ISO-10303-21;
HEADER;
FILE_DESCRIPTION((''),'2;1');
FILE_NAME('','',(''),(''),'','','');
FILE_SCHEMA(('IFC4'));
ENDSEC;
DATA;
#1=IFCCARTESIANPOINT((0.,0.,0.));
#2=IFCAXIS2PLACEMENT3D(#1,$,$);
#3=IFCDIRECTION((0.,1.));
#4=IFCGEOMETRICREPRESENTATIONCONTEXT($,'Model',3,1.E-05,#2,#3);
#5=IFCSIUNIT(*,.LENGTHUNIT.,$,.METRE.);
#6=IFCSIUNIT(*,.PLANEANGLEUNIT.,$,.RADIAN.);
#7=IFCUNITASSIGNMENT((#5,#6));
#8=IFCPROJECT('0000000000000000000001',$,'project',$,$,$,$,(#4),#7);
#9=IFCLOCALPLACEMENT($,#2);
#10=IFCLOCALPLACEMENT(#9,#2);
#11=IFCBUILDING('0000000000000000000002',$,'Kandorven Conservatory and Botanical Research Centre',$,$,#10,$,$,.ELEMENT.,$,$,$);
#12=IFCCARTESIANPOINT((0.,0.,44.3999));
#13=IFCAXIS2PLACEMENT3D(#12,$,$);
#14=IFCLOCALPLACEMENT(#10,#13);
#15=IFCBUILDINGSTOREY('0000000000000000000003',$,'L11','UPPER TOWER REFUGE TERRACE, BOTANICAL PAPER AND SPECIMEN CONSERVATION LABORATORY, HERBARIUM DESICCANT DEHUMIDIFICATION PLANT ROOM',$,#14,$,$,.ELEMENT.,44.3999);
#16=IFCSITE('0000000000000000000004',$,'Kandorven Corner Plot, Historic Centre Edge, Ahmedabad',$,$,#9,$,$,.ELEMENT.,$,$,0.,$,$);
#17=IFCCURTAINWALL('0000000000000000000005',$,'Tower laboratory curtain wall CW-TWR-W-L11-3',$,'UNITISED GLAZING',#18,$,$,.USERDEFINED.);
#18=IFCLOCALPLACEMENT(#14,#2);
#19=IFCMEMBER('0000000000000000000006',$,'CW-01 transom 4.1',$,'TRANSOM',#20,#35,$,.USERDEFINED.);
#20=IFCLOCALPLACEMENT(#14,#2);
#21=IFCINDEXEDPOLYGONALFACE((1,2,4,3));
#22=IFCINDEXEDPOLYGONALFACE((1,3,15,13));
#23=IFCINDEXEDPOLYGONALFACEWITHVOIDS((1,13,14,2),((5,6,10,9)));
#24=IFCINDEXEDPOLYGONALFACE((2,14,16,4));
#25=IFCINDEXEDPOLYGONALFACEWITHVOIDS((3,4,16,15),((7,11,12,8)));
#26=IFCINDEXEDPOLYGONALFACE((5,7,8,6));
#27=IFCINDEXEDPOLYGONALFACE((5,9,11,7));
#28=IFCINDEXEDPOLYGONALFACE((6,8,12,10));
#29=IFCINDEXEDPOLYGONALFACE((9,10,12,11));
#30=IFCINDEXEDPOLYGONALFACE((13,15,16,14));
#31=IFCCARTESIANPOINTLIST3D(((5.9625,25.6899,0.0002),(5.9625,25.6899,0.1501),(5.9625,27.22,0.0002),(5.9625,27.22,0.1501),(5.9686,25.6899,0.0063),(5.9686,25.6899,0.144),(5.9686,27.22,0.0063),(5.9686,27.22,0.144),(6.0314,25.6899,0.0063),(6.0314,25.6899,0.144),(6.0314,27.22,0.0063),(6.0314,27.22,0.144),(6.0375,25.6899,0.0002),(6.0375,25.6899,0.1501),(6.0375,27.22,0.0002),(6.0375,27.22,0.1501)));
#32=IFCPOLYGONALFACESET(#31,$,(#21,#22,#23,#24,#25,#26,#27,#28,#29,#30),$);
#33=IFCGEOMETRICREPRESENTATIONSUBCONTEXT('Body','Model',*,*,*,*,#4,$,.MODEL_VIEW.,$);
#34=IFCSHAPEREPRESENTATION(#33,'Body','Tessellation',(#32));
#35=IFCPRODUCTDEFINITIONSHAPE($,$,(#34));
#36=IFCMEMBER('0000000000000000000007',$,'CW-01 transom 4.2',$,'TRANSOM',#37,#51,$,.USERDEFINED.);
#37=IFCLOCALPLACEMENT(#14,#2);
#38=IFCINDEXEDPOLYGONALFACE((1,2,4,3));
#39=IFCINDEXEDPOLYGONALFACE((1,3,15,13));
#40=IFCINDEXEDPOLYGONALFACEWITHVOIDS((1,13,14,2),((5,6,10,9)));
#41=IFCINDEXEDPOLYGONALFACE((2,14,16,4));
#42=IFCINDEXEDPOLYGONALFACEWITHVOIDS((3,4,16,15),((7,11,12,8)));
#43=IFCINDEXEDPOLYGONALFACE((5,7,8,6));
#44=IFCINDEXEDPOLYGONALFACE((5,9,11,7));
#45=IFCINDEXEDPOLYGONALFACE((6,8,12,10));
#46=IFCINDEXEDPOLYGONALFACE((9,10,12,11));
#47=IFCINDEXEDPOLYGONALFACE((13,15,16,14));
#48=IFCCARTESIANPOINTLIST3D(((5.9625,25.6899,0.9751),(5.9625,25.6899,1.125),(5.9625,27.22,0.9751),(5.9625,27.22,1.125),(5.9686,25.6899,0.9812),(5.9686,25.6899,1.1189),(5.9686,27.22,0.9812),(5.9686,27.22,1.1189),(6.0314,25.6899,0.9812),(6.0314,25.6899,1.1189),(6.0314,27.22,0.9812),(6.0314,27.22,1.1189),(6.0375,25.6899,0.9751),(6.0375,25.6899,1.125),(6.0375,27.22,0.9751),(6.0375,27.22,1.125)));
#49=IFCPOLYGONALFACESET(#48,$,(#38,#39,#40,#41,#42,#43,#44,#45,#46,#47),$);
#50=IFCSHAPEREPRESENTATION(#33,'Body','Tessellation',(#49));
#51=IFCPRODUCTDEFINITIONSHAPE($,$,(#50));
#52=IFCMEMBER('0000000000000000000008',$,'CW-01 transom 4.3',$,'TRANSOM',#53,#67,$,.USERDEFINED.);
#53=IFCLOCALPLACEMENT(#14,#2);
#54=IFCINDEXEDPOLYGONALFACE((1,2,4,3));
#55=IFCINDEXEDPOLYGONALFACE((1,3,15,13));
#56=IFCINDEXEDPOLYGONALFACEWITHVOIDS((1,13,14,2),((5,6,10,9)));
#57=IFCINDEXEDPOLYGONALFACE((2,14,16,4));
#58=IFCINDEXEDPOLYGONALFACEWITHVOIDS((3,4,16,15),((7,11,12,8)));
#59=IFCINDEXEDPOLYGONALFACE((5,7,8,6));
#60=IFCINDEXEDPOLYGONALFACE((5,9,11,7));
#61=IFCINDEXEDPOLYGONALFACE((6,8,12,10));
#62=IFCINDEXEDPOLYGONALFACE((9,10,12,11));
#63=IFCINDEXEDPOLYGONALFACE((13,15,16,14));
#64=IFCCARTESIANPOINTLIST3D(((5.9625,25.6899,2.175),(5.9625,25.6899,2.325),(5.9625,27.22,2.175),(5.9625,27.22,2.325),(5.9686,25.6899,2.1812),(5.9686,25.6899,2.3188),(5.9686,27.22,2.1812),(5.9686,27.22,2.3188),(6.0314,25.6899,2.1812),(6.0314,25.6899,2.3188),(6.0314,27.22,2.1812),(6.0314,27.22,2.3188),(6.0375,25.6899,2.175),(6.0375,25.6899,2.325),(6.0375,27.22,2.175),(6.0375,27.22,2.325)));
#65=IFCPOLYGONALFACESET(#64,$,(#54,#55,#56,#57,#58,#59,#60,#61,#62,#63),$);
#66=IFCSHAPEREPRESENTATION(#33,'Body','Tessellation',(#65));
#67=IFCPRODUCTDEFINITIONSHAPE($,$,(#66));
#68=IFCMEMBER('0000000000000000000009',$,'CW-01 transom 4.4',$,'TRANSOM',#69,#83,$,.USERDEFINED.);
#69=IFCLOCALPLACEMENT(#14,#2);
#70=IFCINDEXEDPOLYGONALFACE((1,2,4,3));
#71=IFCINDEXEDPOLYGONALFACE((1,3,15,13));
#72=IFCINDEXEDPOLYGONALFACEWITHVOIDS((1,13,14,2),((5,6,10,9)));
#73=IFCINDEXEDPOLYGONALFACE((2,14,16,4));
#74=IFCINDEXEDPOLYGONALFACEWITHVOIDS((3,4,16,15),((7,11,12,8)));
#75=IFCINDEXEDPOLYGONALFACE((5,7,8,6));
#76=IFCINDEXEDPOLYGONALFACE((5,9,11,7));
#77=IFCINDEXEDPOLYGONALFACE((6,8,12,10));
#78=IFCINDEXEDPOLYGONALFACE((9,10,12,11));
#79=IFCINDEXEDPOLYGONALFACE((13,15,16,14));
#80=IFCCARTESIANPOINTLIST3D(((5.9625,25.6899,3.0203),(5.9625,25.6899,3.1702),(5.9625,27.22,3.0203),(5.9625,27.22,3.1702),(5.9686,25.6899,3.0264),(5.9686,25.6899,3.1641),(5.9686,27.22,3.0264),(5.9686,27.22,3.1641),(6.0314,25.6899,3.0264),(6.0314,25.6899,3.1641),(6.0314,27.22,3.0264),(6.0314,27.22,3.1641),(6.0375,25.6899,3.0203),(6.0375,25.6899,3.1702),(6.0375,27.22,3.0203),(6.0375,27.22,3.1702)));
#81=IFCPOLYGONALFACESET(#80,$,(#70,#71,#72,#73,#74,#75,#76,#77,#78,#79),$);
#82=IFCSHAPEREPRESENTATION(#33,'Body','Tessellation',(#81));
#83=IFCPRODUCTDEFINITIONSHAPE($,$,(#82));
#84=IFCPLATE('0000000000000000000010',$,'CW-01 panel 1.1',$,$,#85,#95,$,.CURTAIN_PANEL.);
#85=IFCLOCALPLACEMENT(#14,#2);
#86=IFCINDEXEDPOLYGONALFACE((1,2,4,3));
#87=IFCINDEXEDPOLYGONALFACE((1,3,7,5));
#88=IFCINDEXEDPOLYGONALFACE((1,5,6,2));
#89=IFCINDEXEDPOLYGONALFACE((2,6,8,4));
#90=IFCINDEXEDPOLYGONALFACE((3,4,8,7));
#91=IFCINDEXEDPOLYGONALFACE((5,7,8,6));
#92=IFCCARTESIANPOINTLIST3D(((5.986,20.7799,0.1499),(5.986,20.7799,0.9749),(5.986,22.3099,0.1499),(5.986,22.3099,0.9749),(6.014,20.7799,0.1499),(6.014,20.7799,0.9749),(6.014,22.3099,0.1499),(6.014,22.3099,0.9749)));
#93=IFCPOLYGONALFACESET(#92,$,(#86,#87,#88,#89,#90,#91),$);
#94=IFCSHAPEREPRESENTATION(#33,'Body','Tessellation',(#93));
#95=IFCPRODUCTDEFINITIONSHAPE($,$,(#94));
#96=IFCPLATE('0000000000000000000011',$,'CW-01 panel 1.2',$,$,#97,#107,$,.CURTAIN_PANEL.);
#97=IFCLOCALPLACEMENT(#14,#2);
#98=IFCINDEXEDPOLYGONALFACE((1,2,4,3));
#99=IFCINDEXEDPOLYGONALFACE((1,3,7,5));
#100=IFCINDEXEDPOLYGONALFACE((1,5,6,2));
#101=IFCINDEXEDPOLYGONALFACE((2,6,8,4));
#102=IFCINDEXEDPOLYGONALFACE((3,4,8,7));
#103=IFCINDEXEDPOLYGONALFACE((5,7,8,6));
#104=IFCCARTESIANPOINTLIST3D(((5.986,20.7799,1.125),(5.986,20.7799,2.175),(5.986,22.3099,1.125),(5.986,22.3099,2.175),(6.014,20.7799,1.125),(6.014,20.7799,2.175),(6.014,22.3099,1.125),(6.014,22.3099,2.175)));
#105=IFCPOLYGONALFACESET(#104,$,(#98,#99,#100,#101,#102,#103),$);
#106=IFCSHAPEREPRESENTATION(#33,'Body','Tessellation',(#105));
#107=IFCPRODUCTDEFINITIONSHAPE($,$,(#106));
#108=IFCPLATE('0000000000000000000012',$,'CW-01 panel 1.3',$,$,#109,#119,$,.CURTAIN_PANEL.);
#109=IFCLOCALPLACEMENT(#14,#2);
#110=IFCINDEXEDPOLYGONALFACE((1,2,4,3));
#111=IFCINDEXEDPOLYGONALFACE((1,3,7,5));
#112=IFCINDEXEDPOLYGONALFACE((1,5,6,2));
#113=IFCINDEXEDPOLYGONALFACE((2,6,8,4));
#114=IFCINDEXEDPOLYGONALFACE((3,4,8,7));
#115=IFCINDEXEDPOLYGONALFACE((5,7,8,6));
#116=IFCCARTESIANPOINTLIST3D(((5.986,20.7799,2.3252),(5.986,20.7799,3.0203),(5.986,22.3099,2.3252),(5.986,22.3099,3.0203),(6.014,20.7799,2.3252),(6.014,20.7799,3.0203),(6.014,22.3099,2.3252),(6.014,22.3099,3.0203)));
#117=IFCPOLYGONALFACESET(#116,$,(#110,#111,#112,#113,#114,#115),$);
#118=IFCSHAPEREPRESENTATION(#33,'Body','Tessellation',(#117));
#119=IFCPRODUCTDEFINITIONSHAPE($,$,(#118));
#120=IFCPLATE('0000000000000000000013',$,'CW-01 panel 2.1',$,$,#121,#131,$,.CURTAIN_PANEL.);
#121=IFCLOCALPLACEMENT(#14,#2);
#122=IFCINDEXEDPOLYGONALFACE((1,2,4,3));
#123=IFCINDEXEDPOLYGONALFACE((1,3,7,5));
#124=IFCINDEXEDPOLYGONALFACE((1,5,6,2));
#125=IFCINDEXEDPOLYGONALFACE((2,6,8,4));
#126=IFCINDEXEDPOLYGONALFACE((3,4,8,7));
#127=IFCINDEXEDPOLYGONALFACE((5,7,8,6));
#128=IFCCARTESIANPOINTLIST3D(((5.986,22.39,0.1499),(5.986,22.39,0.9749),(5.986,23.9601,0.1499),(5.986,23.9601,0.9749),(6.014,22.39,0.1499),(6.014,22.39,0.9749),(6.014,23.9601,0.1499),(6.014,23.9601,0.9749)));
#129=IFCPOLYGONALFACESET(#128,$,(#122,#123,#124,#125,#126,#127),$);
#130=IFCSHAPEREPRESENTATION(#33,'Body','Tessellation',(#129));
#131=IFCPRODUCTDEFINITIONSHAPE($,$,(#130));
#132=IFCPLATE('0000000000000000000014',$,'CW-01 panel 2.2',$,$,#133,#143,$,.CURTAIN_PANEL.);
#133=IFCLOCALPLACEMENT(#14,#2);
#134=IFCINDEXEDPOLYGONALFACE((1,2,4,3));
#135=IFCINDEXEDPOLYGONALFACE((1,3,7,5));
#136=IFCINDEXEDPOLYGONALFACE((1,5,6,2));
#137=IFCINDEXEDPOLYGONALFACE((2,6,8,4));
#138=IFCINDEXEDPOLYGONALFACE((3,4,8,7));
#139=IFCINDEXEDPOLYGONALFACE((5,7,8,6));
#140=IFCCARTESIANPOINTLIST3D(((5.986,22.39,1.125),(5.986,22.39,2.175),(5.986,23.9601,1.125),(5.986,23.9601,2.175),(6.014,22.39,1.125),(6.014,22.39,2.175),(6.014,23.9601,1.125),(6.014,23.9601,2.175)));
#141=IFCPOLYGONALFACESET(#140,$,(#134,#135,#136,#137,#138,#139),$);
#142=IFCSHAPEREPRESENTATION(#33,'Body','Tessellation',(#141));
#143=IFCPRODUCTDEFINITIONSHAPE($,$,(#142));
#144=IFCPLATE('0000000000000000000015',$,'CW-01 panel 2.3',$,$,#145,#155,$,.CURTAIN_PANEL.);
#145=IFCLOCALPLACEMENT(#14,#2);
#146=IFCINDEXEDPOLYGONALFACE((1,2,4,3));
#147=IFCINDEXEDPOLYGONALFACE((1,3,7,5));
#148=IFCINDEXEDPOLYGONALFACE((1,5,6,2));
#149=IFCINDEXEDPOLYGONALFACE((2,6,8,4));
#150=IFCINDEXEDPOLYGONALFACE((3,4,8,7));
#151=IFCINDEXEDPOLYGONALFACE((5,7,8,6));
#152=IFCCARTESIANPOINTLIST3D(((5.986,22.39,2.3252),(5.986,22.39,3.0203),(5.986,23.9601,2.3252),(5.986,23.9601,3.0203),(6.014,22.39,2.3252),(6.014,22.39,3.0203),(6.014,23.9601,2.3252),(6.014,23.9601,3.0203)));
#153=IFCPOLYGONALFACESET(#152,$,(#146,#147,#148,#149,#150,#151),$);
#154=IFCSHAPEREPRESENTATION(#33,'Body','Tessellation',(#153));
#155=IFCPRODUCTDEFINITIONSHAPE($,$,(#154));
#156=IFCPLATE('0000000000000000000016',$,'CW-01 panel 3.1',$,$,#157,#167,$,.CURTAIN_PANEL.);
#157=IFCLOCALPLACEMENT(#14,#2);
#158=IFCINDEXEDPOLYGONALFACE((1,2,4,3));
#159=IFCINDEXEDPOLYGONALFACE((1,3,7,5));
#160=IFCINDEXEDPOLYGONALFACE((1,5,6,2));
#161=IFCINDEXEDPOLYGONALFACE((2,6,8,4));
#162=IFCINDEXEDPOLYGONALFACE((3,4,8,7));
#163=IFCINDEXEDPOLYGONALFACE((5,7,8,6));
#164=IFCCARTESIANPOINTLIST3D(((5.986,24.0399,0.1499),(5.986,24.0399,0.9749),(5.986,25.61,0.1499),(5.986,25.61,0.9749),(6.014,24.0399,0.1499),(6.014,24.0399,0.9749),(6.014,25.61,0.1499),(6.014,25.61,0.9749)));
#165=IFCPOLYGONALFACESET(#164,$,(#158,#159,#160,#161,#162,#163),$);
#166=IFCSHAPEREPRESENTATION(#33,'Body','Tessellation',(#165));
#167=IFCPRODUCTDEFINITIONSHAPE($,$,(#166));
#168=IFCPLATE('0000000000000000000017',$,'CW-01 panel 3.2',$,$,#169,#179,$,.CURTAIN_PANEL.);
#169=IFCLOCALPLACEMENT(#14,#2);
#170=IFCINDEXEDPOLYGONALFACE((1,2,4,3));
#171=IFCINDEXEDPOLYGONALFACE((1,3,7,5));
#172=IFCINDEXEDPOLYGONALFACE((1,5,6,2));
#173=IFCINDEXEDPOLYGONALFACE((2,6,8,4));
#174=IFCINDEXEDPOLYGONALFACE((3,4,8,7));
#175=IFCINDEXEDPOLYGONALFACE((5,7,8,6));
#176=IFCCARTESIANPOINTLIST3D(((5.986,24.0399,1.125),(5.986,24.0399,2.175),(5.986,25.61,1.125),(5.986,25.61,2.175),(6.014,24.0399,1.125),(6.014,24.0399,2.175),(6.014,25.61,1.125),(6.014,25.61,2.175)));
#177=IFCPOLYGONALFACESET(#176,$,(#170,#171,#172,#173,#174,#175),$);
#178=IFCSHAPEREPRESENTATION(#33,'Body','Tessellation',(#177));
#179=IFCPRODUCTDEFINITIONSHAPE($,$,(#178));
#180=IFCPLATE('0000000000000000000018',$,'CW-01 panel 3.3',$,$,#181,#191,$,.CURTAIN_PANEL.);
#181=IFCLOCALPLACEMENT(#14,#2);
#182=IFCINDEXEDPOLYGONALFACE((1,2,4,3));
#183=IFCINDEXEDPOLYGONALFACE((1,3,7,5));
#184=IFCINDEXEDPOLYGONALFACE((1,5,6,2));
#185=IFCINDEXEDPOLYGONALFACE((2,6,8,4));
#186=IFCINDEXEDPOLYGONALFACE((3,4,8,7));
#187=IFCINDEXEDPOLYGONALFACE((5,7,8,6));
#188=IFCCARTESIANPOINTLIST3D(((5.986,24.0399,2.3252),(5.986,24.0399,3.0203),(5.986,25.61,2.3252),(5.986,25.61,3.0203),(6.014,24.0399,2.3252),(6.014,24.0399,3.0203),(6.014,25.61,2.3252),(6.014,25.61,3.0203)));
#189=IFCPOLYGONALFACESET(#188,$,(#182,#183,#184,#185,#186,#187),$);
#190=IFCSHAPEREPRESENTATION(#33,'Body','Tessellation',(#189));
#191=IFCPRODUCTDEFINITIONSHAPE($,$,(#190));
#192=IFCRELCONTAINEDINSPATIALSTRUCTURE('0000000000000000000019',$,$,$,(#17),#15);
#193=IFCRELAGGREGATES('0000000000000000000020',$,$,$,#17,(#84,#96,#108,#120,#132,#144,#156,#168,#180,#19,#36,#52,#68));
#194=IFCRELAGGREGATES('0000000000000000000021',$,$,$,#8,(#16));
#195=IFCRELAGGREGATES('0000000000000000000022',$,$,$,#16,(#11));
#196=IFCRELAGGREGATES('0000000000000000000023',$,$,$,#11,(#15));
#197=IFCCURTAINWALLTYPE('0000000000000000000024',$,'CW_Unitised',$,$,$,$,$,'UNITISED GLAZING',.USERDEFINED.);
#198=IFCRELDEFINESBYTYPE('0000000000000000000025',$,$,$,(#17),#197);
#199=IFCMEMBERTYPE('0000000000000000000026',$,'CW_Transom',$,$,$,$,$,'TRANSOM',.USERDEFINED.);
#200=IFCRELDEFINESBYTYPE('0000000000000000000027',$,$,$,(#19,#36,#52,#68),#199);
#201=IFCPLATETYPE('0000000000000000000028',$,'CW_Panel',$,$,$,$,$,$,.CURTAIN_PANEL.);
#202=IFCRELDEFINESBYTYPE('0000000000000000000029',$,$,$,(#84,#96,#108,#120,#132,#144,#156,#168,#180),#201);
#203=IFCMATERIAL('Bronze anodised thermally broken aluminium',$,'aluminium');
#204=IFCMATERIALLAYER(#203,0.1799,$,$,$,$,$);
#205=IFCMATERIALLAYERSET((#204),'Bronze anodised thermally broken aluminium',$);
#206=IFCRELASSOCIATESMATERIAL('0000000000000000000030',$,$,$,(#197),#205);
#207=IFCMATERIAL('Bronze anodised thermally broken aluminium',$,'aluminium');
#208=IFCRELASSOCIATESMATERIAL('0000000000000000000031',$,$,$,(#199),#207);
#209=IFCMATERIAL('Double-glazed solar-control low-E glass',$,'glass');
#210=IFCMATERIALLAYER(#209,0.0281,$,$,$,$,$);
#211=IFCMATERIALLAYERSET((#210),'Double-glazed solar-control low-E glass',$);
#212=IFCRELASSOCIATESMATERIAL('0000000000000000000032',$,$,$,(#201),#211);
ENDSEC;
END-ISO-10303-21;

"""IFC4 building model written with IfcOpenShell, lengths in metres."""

from ifc_helpers import new_model, si_unit, direction, frame, origin, origin_2d, place, context, subcontext, project, spatial, rectangle, hollow_rectangle, extrude, material, layer, layer_set, material_profile, profile_set, type_object, element, aggregate, save


model = new_model("IFC4")

# Units and contexts
model_context = context("Model", 3, precision=1e-05, world=origin(), true_north=direction((0.0, 1.0)))
body_context = subcontext(model_context, "Body", "Model", "MODEL_VIEW")
ifc_project = project(units=[si_unit("LENGTHUNIT", "METRE"), si_unit("PLANEANGLEUNIT", "RADIAN")], contexts=[model_context])

# Site, building, storey
site_placement = place(None, origin())
site = spatial("IfcSite", under=ifc_project, at=site_placement, Name="Kandorven Corner Plot, Historic Centre Edge, Ahmedabad", CompositionType="ELEMENT", RefElevation=0.0)
building_placement = place(site_placement, origin())
building = spatial("IfcBuilding", under=site, at=building_placement, Name="Kandorven Conservatory and Botanical Research Centre", CompositionType="ELEMENT")
storey_placement = place(building_placement, frame((0.0, 0.0, 44.3999)))
storey = spatial("IfcBuildingStorey", under=building, at=storey_placement, Name="L11", Description="UPPER TOWER REFUGE TERRACE, BOTANICAL PAPER AND SPECIMEN CONSERVATION LABORATORY, HERBARIUM DESICCANT DEHUMIDIFICATION PLANT ROOM", CompositionType="ELEMENT", Elevation=44.3999)

# Curtain wall, members, plates
ifc_material_1 = material(Name="Bronze anodised thermally broken aluminium", Category="aluminium")
ifc_layer_1 = layer(ifc_material_1, 0.1799)
ifc_layer_set_1 = layer_set([ifc_layer_1], Name="Bronze anodised thermally broken aluminium")
curtain_wall_type = type_object("IfcCurtainWallType", Name="CW_Unitised", ElementType="UNITISED GLAZING", PredefinedType="USERDEFINED", material=ifc_layer_set_1)
curtain_wall_placement = place(storey_placement, origin())
curtain_wall = element("IfcCurtainWall", 1, at=curtain_wall_placement, inside=storey, type_object=curtain_wall_type, Name="Tower laboratory curtain wall CW-TWR-W-L11-3", ObjectType="UNITISED GLAZING", PredefinedType="USERDEFINED")
ifc_material_2 = material(Name="Bronze anodised thermally broken aluminium", Category="aluminium")
ifc_material_profile_1 = material_profile(ifc_material_2, hollow_rectangle(XDim=0.075, YDim=0.1499, WallThickness=0.0061, at=origin_2d()))
ifc_profile_set_1 = profile_set([ifc_material_profile_1], Name="Bronze anodised thermally broken aluminium")
member_type_1 = type_object("IfcMemberType", Name="CW_Transom", ElementType="TRANSOM", PredefinedType="USERDEFINED", material=ifc_profile_set_1)
member_1_placement = place(storey_placement, frame((6.0, 25.6899, 0.0752), z_axis=(0.0, 1.0, 0.0), x_axis=(-1.0, 0.0, 0.0)))
member_1 = element("IfcMember", 2, at=member_1_placement, type_object=member_type_1, Name="CW-01 transom 4.1", ObjectType="TRANSOM", PredefinedType="USERDEFINED", context=body_context, shape_type="SweptSolid", body=[
    extrude(hollow_rectangle(XDim=0.075, YDim=0.1499, WallThickness=0.0061, at=origin_2d()), origin(), (0.0, 0.0, 1.0), 1.53),
])
member_2_placement = place(storey_placement, frame((6.0, 25.6899, 1.05), z_axis=(0.0, 1.0, 0.0), x_axis=(-1.0, 0.0, 0.0)))
member_2 = element("IfcMember", 3, at=member_2_placement, type_object=member_type_1, Name="CW-01 transom 4.2", ObjectType="TRANSOM", PredefinedType="USERDEFINED", context=body_context, shape_type="SweptSolid", body=[
    extrude(hollow_rectangle(XDim=0.075, YDim=0.1499, WallThickness=0.0061, at=origin_2d()), origin(), (0.0, 0.0, 1.0), 1.53),
])
member_3_placement = place(storey_placement, frame((6.0, 25.6899, 2.25), z_axis=(0.0, 1.0, 0.0), x_axis=(-1.0, 0.0, 0.0)))
member_3 = element("IfcMember", 4, at=member_3_placement, type_object=member_type_1, Name="CW-01 transom 4.3", ObjectType="TRANSOM", PredefinedType="USERDEFINED", context=body_context, shape_type="SweptSolid", body=[
    extrude(hollow_rectangle(XDim=0.075, YDim=0.1499, WallThickness=0.0061, at=origin_2d()), origin(), (0.0, 0.0, 1.0), 1.53),
])
member_4_placement = place(storey_placement, frame((6.0, 25.6899, 3.0952), z_axis=(0.0, 1.0, 0.0), x_axis=(-1.0, 0.0, 0.0)))
member_4 = element("IfcMember", 5, at=member_4_placement, type_object=member_type_1, Name="CW-01 transom 4.4", ObjectType="TRANSOM", PredefinedType="USERDEFINED", context=body_context, shape_type="SweptSolid", body=[
    extrude(hollow_rectangle(XDim=0.075, YDim=0.1499, WallThickness=0.0061, at=origin_2d()), origin(), (0.0, 0.0, 1.0), 1.53),
])
ifc_material_3 = material(Name="Double-glazed solar-control low-E glass", Category="glass")
ifc_layer_2 = layer(ifc_material_3, 0.0281)
ifc_layer_set_2 = layer_set([ifc_layer_2], Name="Double-glazed solar-control low-E glass")
plate_type_1 = type_object("IfcPlateType", Name="CW_Panel", PredefinedType="CURTAIN_PANEL", material=ifc_layer_set_2)
plate_1_placement = place(storey_placement, frame((6.0, 21.5449, 0.1499), z_axis=(0.0, 0.0, 1.0), x_axis=(0.0, 1.0, 0.0)))
plate_1 = element("IfcPlate", 6, at=plate_1_placement, type_object=plate_type_1, Name="CW-01 panel 1.1", PredefinedType="CURTAIN_PANEL", context=body_context, shape_type="SweptSolid", body=[
    extrude(rectangle(XDim=1.53, YDim=0.0281, at=origin_2d()), origin(), (0.0, 0.0, 1.0), 0.825),
])
plate_2_placement = place(storey_placement, frame((6.0, 21.5449, 1.125), z_axis=(0.0, 0.0, 1.0), x_axis=(0.0, 1.0, 0.0)))
plate_2 = element("IfcPlate", 7, at=plate_2_placement, type_object=plate_type_1, Name="CW-01 panel 1.2", PredefinedType="CURTAIN_PANEL", context=body_context, shape_type="SweptSolid", body=[
    extrude(rectangle(XDim=1.53, YDim=0.0281, at=origin_2d()), origin(), (0.0, 0.0, 1.0), 1.05),
])
plate_3_placement = place(storey_placement, frame((6.0, 21.5449, 2.3252), z_axis=(0.0, 0.0, 1.0), x_axis=(0.0, 1.0, 0.0)))
plate_3 = element("IfcPlate", 8, at=plate_3_placement, type_object=plate_type_1, Name="CW-01 panel 1.3", PredefinedType="CURTAIN_PANEL", context=body_context, shape_type="SweptSolid", body=[
    extrude(rectangle(XDim=1.53, YDim=0.0281, at=origin_2d()), origin(), (0.0, 0.0, 1.0), 0.6951),
])
plate_4_placement = place(storey_placement, frame((6.0, 23.175, 0.1499), z_axis=(0.0, 0.0, 1.0), x_axis=(0.0, 1.0, 0.0)))
plate_4 = element("IfcPlate", 9, at=plate_4_placement, type_object=plate_type_1, Name="CW-01 panel 2.1", PredefinedType="CURTAIN_PANEL", context=body_context, shape_type="SweptSolid", body=[
    extrude(rectangle(XDim=1.5701, YDim=0.0281, at=origin_2d()), origin(), (0.0, 0.0, 1.0), 0.825),
])
plate_5_placement = place(storey_placement, frame((6.0, 23.175, 1.125), z_axis=(0.0, 0.0, 1.0), x_axis=(0.0, 1.0, 0.0)))
plate_5 = element("IfcPlate", 10, at=plate_5_placement, type_object=plate_type_1, Name="CW-01 panel 2.2", PredefinedType="CURTAIN_PANEL", context=body_context, shape_type="SweptSolid", body=[
    extrude(rectangle(XDim=1.5701, YDim=0.0281, at=origin_2d()), origin(), (0.0, 0.0, 1.0), 1.05),
])
plate_6_placement = place(storey_placement, frame((6.0, 23.175, 2.3252), z_axis=(0.0, 0.0, 1.0), x_axis=(0.0, 1.0, 0.0)))
plate_6 = element("IfcPlate", 11, at=plate_6_placement, type_object=plate_type_1, Name="CW-01 panel 2.3", PredefinedType="CURTAIN_PANEL", context=body_context, shape_type="SweptSolid", body=[
    extrude(rectangle(XDim=1.5701, YDim=0.0281, at=origin_2d()), origin(), (0.0, 0.0, 1.0), 0.6951),
])
plate_7_placement = place(storey_placement, frame((6.0, 24.825, 0.1499), z_axis=(0.0, 0.0, 1.0), x_axis=(0.0, 1.0, 0.0)))
plate_7 = element("IfcPlate", 12, at=plate_7_placement, type_object=plate_type_1, Name="CW-01 panel 3.1", PredefinedType="CURTAIN_PANEL", context=body_context, shape_type="SweptSolid", body=[
    extrude(rectangle(XDim=1.5701, YDim=0.0281, at=origin_2d()), origin(), (0.0, 0.0, 1.0), 0.825),
])
plate_8_placement = place(storey_placement, frame((6.0, 24.825, 1.125), z_axis=(0.0, 0.0, 1.0), x_axis=(0.0, 1.0, 0.0)))
plate_8 = element("IfcPlate", 13, at=plate_8_placement, type_object=plate_type_1, Name="CW-01 panel 3.2", PredefinedType="CURTAIN_PANEL", context=body_context, shape_type="SweptSolid", body=[
    extrude(rectangle(XDim=1.5701, YDim=0.0281, at=origin_2d()), origin(), (0.0, 0.0, 1.0), 1.05),
])
plate_9_placement = place(storey_placement, frame((6.0, 24.825, 2.3252), z_axis=(0.0, 0.0, 1.0), x_axis=(0.0, 1.0, 0.0)))
plate_9 = element("IfcPlate", 14, at=plate_9_placement, type_object=plate_type_1, Name="CW-01 panel 3.3", PredefinedType="CURTAIN_PANEL", context=body_context, shape_type="SweptSolid", body=[
    extrude(rectangle(XDim=1.5701, YDim=0.0281, at=origin_2d()), origin(), (0.0, 0.0, 1.0), 0.6951),
])
aggregate(curtain_wall, [plate_1, plate_2, plate_3, plate_4, plate_5, plate_6, plate_7, plate_8, plate_9, member_1, member_2, member_3, member_4])

save(model, "model.ifc")
